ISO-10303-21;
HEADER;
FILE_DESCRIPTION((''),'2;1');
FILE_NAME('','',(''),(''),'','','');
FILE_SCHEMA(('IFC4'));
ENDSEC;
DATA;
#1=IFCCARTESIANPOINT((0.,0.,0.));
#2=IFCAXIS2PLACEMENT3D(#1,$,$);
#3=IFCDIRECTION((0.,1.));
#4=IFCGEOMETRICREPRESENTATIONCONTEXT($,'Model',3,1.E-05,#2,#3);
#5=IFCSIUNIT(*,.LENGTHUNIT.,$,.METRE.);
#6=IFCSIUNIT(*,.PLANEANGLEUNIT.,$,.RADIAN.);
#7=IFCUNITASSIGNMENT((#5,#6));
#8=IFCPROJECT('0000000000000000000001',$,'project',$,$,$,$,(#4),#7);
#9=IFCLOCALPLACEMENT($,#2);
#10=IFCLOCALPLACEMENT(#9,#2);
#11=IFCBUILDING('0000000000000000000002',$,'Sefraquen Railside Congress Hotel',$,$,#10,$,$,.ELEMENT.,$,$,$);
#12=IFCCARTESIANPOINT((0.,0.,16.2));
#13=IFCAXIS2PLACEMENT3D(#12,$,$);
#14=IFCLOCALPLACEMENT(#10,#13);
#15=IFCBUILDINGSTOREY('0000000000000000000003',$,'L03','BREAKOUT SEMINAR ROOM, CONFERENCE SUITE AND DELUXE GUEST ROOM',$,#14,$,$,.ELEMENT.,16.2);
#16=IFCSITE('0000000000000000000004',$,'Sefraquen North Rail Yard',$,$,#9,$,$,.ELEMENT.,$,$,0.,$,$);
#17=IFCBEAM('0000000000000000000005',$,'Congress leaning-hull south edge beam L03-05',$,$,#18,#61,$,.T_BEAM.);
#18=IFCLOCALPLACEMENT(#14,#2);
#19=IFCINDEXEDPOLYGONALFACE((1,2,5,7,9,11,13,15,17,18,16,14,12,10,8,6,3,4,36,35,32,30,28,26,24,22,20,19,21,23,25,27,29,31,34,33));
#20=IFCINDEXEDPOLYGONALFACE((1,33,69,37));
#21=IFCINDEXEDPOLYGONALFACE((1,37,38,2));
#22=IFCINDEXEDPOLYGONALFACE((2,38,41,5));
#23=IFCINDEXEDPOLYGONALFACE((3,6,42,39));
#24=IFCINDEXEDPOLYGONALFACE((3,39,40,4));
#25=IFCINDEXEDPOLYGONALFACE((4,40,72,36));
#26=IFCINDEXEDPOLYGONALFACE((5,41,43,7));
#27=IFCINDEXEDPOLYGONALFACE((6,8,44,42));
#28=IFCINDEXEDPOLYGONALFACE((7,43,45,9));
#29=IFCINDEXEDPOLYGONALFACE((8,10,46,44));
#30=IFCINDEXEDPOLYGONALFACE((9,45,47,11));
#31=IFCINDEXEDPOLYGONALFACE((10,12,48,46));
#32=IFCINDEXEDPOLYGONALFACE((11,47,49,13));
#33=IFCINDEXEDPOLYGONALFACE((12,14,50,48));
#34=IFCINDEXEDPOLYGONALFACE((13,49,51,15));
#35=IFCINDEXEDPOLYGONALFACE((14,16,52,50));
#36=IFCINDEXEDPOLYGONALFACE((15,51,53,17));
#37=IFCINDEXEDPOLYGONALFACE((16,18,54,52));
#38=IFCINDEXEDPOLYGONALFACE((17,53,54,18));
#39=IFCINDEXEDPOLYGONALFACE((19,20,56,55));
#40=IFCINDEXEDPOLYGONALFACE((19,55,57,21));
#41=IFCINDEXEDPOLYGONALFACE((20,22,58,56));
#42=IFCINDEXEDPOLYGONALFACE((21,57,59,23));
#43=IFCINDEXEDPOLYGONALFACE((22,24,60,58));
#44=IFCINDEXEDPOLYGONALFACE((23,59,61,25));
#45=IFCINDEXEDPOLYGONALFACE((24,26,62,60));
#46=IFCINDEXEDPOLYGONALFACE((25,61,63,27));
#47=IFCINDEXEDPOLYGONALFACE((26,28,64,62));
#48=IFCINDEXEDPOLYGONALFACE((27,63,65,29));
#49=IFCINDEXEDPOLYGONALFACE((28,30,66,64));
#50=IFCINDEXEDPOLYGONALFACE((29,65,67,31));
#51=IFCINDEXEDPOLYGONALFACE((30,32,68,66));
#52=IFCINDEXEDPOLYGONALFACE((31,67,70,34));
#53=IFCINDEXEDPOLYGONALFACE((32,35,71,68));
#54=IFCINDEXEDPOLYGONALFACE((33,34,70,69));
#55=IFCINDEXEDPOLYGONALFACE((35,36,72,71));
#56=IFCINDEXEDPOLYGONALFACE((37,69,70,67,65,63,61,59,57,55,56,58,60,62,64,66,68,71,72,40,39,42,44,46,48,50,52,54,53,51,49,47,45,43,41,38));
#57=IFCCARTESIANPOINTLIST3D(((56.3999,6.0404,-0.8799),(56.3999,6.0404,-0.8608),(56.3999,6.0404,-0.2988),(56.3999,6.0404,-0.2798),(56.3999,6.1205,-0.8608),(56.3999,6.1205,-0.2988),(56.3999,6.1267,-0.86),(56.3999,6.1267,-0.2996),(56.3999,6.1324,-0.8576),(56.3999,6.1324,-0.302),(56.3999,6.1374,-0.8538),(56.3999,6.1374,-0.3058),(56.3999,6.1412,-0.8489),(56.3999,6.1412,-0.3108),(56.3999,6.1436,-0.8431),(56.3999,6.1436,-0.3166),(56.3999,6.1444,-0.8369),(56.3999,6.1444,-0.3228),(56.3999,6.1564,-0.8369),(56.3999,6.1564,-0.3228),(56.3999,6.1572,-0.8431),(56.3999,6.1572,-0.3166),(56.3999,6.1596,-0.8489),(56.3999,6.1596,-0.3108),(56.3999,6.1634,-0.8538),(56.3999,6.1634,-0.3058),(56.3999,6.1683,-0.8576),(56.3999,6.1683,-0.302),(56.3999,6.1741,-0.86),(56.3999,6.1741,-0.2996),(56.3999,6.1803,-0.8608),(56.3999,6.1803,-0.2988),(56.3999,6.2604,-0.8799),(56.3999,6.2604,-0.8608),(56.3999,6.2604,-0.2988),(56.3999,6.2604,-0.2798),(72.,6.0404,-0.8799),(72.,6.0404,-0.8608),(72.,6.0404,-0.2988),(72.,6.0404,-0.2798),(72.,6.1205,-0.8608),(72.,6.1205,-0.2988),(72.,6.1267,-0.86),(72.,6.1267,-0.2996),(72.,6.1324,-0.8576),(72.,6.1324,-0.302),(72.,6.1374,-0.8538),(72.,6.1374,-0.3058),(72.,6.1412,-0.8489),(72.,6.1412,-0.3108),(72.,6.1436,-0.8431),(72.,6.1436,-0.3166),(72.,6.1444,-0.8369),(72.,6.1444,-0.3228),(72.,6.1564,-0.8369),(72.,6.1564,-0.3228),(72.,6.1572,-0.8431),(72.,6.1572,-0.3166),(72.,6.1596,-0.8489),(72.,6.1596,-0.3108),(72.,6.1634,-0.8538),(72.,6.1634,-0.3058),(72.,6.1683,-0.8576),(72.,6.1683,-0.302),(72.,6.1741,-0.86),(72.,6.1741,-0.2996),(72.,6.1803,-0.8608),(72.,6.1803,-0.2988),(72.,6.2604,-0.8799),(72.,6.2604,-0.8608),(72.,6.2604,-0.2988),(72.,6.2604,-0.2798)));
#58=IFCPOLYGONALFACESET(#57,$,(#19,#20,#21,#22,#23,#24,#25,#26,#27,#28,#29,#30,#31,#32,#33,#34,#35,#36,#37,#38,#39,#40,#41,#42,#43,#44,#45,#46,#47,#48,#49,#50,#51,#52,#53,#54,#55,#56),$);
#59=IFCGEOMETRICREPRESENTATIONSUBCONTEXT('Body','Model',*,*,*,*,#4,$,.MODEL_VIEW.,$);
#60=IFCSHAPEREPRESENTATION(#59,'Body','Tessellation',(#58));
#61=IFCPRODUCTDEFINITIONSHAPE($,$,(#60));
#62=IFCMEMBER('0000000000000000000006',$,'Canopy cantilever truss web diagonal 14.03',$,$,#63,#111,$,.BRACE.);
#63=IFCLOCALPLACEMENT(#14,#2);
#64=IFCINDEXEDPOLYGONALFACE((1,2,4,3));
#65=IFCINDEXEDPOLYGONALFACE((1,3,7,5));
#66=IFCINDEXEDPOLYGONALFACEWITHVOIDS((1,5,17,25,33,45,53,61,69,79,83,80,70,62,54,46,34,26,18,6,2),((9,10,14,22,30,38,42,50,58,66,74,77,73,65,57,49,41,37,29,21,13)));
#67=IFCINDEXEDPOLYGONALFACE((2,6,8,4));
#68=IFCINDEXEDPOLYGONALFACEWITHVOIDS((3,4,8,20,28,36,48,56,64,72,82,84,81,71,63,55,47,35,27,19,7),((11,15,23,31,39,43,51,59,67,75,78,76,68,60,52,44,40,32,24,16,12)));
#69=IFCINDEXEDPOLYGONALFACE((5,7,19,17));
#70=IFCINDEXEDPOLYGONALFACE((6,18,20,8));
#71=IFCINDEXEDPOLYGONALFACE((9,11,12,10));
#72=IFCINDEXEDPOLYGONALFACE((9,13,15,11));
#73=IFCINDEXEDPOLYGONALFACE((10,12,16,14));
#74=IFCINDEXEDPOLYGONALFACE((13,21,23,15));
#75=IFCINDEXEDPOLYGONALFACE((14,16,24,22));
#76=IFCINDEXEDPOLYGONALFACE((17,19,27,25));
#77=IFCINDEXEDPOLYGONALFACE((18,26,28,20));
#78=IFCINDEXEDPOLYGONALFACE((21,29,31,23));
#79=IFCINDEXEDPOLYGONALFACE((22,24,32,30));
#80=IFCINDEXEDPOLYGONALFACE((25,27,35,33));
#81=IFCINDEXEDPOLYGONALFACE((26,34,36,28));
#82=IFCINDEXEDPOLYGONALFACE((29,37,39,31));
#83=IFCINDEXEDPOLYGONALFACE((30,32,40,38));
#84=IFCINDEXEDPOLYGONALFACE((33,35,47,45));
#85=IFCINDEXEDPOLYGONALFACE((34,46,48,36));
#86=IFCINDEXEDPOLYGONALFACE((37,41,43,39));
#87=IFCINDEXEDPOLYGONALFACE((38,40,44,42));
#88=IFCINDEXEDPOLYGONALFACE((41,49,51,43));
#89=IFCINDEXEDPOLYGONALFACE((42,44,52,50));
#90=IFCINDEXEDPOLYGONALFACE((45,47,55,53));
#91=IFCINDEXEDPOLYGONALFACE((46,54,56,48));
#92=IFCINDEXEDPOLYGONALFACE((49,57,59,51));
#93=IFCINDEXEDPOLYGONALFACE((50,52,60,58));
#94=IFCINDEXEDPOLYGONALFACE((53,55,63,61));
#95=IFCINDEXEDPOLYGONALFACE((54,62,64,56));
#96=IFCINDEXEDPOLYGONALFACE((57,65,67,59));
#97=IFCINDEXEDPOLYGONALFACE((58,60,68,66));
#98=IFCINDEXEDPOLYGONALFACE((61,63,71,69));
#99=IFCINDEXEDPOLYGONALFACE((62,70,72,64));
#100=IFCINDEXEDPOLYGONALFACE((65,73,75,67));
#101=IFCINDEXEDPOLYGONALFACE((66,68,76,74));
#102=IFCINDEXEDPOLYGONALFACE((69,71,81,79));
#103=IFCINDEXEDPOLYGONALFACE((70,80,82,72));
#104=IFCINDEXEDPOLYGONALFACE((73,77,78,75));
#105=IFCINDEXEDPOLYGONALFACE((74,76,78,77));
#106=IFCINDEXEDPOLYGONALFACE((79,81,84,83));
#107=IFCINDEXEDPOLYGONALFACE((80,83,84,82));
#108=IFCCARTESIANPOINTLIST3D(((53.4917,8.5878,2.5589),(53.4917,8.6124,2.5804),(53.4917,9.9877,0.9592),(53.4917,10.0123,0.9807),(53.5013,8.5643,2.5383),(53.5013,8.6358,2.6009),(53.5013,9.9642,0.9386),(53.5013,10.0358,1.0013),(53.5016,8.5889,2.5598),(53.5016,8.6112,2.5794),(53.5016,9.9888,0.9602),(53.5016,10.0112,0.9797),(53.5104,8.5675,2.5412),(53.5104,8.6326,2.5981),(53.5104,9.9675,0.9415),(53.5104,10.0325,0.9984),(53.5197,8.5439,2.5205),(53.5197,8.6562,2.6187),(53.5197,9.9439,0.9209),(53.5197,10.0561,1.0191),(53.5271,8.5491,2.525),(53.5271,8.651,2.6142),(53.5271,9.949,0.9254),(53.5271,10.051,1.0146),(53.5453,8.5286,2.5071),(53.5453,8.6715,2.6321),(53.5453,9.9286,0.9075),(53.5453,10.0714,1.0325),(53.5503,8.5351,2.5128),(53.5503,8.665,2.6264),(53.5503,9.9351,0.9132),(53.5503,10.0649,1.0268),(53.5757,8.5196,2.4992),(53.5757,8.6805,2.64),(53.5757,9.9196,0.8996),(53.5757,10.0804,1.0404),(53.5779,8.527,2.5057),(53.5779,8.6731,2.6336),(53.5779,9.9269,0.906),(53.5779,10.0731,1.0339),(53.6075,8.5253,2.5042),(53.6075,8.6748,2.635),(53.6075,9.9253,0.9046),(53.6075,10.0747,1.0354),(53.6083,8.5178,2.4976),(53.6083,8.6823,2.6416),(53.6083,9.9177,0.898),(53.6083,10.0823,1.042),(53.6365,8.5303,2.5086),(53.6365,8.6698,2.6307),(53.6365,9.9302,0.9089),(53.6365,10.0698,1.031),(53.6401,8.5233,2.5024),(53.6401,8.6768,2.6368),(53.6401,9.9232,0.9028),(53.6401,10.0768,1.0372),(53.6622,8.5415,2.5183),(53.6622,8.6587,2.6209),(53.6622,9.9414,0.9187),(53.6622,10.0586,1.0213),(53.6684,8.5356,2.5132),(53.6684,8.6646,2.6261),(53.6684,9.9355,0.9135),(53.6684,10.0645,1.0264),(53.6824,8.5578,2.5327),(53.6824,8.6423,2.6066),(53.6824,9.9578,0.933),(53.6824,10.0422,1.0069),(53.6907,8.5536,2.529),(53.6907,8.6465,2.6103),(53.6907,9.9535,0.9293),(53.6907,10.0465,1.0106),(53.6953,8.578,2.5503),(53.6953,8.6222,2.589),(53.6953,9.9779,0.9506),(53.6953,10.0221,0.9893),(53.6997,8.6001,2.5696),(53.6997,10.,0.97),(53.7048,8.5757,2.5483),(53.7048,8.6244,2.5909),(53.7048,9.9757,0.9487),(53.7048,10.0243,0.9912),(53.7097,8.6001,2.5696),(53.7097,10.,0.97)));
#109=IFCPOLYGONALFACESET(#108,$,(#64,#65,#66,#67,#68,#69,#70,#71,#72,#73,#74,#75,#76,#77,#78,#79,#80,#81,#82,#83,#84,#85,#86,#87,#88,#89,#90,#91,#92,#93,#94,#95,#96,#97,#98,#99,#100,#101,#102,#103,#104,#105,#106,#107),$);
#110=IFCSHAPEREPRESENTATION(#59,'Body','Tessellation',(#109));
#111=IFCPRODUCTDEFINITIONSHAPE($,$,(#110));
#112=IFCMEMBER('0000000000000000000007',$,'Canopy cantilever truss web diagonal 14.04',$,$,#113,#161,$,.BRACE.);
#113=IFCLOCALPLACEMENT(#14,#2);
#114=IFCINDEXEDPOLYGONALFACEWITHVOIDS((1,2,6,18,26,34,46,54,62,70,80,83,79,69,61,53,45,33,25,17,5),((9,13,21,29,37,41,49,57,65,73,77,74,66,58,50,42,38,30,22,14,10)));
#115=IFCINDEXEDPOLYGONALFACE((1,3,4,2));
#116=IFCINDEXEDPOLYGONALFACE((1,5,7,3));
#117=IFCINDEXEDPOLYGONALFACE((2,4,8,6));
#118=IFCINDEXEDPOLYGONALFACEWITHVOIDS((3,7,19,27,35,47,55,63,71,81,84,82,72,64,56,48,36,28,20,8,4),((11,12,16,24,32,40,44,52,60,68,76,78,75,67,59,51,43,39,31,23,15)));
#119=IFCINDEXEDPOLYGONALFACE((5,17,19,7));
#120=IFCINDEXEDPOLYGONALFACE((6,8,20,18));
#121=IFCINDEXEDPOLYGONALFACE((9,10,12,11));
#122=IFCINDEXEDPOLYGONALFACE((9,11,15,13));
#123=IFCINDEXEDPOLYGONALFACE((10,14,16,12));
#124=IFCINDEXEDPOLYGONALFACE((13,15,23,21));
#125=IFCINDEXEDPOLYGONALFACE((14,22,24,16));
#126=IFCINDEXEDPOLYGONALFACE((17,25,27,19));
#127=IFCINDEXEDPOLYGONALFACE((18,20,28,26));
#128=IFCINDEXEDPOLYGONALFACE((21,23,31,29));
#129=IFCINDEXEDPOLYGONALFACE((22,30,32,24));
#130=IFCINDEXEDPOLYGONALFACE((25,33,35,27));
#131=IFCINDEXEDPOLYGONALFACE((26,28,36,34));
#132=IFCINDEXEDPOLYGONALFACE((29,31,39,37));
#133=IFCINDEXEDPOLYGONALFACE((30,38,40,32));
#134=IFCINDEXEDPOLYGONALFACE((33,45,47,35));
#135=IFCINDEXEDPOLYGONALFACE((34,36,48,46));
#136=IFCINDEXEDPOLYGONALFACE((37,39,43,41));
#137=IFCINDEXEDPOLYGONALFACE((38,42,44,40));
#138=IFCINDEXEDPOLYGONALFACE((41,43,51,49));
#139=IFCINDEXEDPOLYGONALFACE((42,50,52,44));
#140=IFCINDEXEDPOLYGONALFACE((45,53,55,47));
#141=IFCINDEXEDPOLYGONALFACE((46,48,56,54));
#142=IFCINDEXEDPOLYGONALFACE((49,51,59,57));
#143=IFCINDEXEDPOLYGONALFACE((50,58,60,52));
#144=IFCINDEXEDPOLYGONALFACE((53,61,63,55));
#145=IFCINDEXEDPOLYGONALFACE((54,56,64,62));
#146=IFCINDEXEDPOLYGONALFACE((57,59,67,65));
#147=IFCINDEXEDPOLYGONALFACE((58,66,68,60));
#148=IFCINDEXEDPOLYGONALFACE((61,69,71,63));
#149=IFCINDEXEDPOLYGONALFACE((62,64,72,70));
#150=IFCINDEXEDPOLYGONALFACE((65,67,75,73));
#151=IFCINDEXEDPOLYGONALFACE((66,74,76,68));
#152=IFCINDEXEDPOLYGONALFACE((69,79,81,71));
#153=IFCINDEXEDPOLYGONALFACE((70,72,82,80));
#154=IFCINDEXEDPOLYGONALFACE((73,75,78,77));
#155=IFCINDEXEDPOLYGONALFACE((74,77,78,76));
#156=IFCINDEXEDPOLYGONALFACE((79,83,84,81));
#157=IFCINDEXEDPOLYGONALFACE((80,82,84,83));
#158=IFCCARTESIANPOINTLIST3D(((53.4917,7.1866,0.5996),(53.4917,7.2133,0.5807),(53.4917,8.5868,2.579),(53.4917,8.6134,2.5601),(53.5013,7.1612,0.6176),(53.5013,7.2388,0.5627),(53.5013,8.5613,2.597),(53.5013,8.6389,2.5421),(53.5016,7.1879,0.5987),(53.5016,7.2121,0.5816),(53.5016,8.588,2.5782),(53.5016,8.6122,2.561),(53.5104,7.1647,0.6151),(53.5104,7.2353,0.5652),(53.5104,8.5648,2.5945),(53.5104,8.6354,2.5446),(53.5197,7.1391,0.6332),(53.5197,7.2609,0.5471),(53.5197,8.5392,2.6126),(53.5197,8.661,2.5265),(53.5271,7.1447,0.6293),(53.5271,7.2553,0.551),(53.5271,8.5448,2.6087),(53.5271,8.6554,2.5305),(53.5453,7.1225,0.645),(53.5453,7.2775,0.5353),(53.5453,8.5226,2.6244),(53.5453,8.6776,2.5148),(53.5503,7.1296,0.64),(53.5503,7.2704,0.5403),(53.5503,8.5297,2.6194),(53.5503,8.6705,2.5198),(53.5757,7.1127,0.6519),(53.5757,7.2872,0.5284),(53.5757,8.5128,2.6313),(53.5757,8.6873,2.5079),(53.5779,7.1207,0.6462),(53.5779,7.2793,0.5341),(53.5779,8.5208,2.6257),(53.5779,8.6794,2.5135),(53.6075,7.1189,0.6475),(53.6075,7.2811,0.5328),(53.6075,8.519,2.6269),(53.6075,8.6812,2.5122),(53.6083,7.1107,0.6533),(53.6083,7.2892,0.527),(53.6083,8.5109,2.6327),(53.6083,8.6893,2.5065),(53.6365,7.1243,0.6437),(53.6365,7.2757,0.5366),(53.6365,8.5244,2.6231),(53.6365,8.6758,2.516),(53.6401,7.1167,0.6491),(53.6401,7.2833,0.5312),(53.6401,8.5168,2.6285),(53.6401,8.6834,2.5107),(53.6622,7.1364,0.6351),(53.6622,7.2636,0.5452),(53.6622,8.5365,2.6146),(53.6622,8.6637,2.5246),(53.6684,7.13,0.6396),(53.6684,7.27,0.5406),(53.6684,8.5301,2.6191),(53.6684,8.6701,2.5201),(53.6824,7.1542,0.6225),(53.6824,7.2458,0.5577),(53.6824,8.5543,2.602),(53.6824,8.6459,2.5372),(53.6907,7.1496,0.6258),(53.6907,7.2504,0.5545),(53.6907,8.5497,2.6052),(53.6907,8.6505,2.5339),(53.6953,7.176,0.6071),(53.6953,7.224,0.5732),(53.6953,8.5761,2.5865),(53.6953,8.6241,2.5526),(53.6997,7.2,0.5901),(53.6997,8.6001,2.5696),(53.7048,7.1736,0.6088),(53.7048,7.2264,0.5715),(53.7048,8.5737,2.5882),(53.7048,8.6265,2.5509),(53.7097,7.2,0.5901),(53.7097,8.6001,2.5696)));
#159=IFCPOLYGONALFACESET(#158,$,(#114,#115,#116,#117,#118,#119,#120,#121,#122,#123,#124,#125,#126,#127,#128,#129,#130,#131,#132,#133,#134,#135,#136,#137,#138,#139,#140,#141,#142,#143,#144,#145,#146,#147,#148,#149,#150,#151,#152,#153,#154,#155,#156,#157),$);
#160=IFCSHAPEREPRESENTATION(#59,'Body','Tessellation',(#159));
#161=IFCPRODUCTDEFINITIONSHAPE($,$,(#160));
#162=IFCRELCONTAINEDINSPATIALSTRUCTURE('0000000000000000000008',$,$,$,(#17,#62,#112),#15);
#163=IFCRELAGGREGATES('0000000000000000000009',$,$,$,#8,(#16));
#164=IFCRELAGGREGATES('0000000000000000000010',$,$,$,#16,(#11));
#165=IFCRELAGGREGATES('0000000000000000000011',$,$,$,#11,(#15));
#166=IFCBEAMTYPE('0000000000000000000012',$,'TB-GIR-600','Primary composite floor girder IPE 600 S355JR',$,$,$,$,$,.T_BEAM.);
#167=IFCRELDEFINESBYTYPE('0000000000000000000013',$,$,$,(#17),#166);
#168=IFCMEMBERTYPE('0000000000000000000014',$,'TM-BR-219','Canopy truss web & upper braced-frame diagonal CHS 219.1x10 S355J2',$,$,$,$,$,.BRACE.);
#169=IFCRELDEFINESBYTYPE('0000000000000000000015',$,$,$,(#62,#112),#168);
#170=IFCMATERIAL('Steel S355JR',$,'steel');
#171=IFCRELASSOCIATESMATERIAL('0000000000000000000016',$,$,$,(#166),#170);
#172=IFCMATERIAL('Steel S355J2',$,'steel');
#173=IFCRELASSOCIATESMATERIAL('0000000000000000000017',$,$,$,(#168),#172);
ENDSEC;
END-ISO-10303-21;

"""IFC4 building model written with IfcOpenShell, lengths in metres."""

from ifc_helpers import new_model, si_unit, direction, frame, origin, origin_2d, place, context, subcontext, project, spatial, hollow_circle, i_section, extrude, material, material_profile, profile_set, type_object, element, save


model = new_model("IFC4")

# Units and contexts
model_context = context("Model", 3, precision=1e-05, world=origin(), true_north=direction((0.0, 1.0)))
body_context = subcontext(model_context, "Body", "Model", "MODEL_VIEW")
ifc_project = project(units=[si_unit("LENGTHUNIT", "METRE"), si_unit("PLANEANGLEUNIT", "RADIAN")], contexts=[model_context])

# Site, building, storey
site_placement = place(None, origin())
site = spatial("IfcSite", under=ifc_project, at=site_placement, Name="Sefraquen North Rail Yard", CompositionType="ELEMENT", RefElevation=0.0)
building_placement = place(site_placement, origin())
building = spatial("IfcBuilding", under=site, at=building_placement, Name="Sefraquen Railside Congress Hotel", CompositionType="ELEMENT")
storey_placement = place(building_placement, frame((0.0, 0.0, 16.2)))
storey = spatial("IfcBuildingStorey", under=building, at=storey_placement, Name="L03", Description="BREAKOUT SEMINAR ROOM, CONFERENCE SUITE AND DELUXE GUEST ROOM", CompositionType="ELEMENT", Elevation=16.2)

# Shared definitions
ifc_material_1 = material(Name="Steel S355JR", Category="steel")

# Beam
ifc_material_profile_1 = material_profile(ifc_material_1, i_section(OverallWidth=0.22, OverallDepth=0.6001, WebThickness=0.012, FlangeThickness=0.019, FilletRadius=0.0239, at=origin_2d()), Name="IPE 600")
ifc_profile_set_1 = profile_set([ifc_material_profile_1], Name="Steel S355JR")
beam_type_1 = type_object("IfcBeamType", Name="TB-GIR-600", Description="Primary composite floor girder IPE 600 S355JR", PredefinedType="T_BEAM", material=ifc_profile_set_1)
beam_1_placement = place(storey_placement, frame((56.3999, 6.1504, -0.5798), z_axis=(1.0, 0.0, 0.0), x_axis=(0.0, 1.0, 0.0)))
element("IfcBeam", 1, at=beam_1_placement, inside=storey, type_object=beam_type_1, Name="Congress leaning-hull south edge beam L03-05", PredefinedType="T_BEAM", context=body_context, shape_type="SweptSolid", body=[
    extrude(i_section(OverallWidth=0.22, OverallDepth=0.6001, WebThickness=0.012, FlangeThickness=0.019, FilletRadius=0.0239, at=origin_2d()), origin(), (0.0, 0.0, 1.0), 15.6001),
])

# Members
ifc_material_2 = material(Name="Steel S355J2", Category="steel")
ifc_material_profile_2 = material_profile(ifc_material_2, hollow_circle(Radius=0.1096, WallThickness=0.01, at=origin_2d()), Name="CHS 219.1x10")
ifc_profile_set_2 = profile_set([ifc_material_profile_2], Name="Steel S355J2")
member_type_1 = type_object("IfcMemberType", Name="TM-BR-219", Description="Canopy truss web & upper braced-frame diagonal CHS 219.1x10 S355J2", PredefinedType="BRACE", material=ifc_profile_set_2)
member_1_placement = place(storey_placement, frame((53.6001, 10.0, 0.97), z_axis=(0.0, -0.65857, 0.75252), x_axis=(1.0, 0.0, 0.0)))
element("IfcMember", 2, at=member_1_placement, inside=storey, type_object=member_type_1, Name="Canopy cantilever truss web diagonal 14.03", PredefinedType="BRACE", context=body_context, shape_type="SweptSolid", body=[
    extrude(hollow_circle(Radius=0.1096, WallThickness=0.01, at=origin_2d()), origin(), (0.0, 0.0, 1.0), 2.1257),
])
member_2_placement = place(storey_placement, frame((53.6001, 8.6001, 2.5696), z_axis=(0.0, -0.57747, -0.816412), x_axis=(1.0, 0.0, 0.0)))
element("IfcMember", 3, at=member_2_placement, inside=storey, type_object=member_type_1, Name="Canopy cantilever truss web diagonal 14.04", PredefinedType="BRACE", context=body_context, shape_type="SweptSolid", body=[
    extrude(hollow_circle(Radius=0.1096, WallThickness=0.01, at=origin_2d()), origin(), (0.0, 0.0, 1.0), 2.4246),
])

save(model, "model.ifc")
